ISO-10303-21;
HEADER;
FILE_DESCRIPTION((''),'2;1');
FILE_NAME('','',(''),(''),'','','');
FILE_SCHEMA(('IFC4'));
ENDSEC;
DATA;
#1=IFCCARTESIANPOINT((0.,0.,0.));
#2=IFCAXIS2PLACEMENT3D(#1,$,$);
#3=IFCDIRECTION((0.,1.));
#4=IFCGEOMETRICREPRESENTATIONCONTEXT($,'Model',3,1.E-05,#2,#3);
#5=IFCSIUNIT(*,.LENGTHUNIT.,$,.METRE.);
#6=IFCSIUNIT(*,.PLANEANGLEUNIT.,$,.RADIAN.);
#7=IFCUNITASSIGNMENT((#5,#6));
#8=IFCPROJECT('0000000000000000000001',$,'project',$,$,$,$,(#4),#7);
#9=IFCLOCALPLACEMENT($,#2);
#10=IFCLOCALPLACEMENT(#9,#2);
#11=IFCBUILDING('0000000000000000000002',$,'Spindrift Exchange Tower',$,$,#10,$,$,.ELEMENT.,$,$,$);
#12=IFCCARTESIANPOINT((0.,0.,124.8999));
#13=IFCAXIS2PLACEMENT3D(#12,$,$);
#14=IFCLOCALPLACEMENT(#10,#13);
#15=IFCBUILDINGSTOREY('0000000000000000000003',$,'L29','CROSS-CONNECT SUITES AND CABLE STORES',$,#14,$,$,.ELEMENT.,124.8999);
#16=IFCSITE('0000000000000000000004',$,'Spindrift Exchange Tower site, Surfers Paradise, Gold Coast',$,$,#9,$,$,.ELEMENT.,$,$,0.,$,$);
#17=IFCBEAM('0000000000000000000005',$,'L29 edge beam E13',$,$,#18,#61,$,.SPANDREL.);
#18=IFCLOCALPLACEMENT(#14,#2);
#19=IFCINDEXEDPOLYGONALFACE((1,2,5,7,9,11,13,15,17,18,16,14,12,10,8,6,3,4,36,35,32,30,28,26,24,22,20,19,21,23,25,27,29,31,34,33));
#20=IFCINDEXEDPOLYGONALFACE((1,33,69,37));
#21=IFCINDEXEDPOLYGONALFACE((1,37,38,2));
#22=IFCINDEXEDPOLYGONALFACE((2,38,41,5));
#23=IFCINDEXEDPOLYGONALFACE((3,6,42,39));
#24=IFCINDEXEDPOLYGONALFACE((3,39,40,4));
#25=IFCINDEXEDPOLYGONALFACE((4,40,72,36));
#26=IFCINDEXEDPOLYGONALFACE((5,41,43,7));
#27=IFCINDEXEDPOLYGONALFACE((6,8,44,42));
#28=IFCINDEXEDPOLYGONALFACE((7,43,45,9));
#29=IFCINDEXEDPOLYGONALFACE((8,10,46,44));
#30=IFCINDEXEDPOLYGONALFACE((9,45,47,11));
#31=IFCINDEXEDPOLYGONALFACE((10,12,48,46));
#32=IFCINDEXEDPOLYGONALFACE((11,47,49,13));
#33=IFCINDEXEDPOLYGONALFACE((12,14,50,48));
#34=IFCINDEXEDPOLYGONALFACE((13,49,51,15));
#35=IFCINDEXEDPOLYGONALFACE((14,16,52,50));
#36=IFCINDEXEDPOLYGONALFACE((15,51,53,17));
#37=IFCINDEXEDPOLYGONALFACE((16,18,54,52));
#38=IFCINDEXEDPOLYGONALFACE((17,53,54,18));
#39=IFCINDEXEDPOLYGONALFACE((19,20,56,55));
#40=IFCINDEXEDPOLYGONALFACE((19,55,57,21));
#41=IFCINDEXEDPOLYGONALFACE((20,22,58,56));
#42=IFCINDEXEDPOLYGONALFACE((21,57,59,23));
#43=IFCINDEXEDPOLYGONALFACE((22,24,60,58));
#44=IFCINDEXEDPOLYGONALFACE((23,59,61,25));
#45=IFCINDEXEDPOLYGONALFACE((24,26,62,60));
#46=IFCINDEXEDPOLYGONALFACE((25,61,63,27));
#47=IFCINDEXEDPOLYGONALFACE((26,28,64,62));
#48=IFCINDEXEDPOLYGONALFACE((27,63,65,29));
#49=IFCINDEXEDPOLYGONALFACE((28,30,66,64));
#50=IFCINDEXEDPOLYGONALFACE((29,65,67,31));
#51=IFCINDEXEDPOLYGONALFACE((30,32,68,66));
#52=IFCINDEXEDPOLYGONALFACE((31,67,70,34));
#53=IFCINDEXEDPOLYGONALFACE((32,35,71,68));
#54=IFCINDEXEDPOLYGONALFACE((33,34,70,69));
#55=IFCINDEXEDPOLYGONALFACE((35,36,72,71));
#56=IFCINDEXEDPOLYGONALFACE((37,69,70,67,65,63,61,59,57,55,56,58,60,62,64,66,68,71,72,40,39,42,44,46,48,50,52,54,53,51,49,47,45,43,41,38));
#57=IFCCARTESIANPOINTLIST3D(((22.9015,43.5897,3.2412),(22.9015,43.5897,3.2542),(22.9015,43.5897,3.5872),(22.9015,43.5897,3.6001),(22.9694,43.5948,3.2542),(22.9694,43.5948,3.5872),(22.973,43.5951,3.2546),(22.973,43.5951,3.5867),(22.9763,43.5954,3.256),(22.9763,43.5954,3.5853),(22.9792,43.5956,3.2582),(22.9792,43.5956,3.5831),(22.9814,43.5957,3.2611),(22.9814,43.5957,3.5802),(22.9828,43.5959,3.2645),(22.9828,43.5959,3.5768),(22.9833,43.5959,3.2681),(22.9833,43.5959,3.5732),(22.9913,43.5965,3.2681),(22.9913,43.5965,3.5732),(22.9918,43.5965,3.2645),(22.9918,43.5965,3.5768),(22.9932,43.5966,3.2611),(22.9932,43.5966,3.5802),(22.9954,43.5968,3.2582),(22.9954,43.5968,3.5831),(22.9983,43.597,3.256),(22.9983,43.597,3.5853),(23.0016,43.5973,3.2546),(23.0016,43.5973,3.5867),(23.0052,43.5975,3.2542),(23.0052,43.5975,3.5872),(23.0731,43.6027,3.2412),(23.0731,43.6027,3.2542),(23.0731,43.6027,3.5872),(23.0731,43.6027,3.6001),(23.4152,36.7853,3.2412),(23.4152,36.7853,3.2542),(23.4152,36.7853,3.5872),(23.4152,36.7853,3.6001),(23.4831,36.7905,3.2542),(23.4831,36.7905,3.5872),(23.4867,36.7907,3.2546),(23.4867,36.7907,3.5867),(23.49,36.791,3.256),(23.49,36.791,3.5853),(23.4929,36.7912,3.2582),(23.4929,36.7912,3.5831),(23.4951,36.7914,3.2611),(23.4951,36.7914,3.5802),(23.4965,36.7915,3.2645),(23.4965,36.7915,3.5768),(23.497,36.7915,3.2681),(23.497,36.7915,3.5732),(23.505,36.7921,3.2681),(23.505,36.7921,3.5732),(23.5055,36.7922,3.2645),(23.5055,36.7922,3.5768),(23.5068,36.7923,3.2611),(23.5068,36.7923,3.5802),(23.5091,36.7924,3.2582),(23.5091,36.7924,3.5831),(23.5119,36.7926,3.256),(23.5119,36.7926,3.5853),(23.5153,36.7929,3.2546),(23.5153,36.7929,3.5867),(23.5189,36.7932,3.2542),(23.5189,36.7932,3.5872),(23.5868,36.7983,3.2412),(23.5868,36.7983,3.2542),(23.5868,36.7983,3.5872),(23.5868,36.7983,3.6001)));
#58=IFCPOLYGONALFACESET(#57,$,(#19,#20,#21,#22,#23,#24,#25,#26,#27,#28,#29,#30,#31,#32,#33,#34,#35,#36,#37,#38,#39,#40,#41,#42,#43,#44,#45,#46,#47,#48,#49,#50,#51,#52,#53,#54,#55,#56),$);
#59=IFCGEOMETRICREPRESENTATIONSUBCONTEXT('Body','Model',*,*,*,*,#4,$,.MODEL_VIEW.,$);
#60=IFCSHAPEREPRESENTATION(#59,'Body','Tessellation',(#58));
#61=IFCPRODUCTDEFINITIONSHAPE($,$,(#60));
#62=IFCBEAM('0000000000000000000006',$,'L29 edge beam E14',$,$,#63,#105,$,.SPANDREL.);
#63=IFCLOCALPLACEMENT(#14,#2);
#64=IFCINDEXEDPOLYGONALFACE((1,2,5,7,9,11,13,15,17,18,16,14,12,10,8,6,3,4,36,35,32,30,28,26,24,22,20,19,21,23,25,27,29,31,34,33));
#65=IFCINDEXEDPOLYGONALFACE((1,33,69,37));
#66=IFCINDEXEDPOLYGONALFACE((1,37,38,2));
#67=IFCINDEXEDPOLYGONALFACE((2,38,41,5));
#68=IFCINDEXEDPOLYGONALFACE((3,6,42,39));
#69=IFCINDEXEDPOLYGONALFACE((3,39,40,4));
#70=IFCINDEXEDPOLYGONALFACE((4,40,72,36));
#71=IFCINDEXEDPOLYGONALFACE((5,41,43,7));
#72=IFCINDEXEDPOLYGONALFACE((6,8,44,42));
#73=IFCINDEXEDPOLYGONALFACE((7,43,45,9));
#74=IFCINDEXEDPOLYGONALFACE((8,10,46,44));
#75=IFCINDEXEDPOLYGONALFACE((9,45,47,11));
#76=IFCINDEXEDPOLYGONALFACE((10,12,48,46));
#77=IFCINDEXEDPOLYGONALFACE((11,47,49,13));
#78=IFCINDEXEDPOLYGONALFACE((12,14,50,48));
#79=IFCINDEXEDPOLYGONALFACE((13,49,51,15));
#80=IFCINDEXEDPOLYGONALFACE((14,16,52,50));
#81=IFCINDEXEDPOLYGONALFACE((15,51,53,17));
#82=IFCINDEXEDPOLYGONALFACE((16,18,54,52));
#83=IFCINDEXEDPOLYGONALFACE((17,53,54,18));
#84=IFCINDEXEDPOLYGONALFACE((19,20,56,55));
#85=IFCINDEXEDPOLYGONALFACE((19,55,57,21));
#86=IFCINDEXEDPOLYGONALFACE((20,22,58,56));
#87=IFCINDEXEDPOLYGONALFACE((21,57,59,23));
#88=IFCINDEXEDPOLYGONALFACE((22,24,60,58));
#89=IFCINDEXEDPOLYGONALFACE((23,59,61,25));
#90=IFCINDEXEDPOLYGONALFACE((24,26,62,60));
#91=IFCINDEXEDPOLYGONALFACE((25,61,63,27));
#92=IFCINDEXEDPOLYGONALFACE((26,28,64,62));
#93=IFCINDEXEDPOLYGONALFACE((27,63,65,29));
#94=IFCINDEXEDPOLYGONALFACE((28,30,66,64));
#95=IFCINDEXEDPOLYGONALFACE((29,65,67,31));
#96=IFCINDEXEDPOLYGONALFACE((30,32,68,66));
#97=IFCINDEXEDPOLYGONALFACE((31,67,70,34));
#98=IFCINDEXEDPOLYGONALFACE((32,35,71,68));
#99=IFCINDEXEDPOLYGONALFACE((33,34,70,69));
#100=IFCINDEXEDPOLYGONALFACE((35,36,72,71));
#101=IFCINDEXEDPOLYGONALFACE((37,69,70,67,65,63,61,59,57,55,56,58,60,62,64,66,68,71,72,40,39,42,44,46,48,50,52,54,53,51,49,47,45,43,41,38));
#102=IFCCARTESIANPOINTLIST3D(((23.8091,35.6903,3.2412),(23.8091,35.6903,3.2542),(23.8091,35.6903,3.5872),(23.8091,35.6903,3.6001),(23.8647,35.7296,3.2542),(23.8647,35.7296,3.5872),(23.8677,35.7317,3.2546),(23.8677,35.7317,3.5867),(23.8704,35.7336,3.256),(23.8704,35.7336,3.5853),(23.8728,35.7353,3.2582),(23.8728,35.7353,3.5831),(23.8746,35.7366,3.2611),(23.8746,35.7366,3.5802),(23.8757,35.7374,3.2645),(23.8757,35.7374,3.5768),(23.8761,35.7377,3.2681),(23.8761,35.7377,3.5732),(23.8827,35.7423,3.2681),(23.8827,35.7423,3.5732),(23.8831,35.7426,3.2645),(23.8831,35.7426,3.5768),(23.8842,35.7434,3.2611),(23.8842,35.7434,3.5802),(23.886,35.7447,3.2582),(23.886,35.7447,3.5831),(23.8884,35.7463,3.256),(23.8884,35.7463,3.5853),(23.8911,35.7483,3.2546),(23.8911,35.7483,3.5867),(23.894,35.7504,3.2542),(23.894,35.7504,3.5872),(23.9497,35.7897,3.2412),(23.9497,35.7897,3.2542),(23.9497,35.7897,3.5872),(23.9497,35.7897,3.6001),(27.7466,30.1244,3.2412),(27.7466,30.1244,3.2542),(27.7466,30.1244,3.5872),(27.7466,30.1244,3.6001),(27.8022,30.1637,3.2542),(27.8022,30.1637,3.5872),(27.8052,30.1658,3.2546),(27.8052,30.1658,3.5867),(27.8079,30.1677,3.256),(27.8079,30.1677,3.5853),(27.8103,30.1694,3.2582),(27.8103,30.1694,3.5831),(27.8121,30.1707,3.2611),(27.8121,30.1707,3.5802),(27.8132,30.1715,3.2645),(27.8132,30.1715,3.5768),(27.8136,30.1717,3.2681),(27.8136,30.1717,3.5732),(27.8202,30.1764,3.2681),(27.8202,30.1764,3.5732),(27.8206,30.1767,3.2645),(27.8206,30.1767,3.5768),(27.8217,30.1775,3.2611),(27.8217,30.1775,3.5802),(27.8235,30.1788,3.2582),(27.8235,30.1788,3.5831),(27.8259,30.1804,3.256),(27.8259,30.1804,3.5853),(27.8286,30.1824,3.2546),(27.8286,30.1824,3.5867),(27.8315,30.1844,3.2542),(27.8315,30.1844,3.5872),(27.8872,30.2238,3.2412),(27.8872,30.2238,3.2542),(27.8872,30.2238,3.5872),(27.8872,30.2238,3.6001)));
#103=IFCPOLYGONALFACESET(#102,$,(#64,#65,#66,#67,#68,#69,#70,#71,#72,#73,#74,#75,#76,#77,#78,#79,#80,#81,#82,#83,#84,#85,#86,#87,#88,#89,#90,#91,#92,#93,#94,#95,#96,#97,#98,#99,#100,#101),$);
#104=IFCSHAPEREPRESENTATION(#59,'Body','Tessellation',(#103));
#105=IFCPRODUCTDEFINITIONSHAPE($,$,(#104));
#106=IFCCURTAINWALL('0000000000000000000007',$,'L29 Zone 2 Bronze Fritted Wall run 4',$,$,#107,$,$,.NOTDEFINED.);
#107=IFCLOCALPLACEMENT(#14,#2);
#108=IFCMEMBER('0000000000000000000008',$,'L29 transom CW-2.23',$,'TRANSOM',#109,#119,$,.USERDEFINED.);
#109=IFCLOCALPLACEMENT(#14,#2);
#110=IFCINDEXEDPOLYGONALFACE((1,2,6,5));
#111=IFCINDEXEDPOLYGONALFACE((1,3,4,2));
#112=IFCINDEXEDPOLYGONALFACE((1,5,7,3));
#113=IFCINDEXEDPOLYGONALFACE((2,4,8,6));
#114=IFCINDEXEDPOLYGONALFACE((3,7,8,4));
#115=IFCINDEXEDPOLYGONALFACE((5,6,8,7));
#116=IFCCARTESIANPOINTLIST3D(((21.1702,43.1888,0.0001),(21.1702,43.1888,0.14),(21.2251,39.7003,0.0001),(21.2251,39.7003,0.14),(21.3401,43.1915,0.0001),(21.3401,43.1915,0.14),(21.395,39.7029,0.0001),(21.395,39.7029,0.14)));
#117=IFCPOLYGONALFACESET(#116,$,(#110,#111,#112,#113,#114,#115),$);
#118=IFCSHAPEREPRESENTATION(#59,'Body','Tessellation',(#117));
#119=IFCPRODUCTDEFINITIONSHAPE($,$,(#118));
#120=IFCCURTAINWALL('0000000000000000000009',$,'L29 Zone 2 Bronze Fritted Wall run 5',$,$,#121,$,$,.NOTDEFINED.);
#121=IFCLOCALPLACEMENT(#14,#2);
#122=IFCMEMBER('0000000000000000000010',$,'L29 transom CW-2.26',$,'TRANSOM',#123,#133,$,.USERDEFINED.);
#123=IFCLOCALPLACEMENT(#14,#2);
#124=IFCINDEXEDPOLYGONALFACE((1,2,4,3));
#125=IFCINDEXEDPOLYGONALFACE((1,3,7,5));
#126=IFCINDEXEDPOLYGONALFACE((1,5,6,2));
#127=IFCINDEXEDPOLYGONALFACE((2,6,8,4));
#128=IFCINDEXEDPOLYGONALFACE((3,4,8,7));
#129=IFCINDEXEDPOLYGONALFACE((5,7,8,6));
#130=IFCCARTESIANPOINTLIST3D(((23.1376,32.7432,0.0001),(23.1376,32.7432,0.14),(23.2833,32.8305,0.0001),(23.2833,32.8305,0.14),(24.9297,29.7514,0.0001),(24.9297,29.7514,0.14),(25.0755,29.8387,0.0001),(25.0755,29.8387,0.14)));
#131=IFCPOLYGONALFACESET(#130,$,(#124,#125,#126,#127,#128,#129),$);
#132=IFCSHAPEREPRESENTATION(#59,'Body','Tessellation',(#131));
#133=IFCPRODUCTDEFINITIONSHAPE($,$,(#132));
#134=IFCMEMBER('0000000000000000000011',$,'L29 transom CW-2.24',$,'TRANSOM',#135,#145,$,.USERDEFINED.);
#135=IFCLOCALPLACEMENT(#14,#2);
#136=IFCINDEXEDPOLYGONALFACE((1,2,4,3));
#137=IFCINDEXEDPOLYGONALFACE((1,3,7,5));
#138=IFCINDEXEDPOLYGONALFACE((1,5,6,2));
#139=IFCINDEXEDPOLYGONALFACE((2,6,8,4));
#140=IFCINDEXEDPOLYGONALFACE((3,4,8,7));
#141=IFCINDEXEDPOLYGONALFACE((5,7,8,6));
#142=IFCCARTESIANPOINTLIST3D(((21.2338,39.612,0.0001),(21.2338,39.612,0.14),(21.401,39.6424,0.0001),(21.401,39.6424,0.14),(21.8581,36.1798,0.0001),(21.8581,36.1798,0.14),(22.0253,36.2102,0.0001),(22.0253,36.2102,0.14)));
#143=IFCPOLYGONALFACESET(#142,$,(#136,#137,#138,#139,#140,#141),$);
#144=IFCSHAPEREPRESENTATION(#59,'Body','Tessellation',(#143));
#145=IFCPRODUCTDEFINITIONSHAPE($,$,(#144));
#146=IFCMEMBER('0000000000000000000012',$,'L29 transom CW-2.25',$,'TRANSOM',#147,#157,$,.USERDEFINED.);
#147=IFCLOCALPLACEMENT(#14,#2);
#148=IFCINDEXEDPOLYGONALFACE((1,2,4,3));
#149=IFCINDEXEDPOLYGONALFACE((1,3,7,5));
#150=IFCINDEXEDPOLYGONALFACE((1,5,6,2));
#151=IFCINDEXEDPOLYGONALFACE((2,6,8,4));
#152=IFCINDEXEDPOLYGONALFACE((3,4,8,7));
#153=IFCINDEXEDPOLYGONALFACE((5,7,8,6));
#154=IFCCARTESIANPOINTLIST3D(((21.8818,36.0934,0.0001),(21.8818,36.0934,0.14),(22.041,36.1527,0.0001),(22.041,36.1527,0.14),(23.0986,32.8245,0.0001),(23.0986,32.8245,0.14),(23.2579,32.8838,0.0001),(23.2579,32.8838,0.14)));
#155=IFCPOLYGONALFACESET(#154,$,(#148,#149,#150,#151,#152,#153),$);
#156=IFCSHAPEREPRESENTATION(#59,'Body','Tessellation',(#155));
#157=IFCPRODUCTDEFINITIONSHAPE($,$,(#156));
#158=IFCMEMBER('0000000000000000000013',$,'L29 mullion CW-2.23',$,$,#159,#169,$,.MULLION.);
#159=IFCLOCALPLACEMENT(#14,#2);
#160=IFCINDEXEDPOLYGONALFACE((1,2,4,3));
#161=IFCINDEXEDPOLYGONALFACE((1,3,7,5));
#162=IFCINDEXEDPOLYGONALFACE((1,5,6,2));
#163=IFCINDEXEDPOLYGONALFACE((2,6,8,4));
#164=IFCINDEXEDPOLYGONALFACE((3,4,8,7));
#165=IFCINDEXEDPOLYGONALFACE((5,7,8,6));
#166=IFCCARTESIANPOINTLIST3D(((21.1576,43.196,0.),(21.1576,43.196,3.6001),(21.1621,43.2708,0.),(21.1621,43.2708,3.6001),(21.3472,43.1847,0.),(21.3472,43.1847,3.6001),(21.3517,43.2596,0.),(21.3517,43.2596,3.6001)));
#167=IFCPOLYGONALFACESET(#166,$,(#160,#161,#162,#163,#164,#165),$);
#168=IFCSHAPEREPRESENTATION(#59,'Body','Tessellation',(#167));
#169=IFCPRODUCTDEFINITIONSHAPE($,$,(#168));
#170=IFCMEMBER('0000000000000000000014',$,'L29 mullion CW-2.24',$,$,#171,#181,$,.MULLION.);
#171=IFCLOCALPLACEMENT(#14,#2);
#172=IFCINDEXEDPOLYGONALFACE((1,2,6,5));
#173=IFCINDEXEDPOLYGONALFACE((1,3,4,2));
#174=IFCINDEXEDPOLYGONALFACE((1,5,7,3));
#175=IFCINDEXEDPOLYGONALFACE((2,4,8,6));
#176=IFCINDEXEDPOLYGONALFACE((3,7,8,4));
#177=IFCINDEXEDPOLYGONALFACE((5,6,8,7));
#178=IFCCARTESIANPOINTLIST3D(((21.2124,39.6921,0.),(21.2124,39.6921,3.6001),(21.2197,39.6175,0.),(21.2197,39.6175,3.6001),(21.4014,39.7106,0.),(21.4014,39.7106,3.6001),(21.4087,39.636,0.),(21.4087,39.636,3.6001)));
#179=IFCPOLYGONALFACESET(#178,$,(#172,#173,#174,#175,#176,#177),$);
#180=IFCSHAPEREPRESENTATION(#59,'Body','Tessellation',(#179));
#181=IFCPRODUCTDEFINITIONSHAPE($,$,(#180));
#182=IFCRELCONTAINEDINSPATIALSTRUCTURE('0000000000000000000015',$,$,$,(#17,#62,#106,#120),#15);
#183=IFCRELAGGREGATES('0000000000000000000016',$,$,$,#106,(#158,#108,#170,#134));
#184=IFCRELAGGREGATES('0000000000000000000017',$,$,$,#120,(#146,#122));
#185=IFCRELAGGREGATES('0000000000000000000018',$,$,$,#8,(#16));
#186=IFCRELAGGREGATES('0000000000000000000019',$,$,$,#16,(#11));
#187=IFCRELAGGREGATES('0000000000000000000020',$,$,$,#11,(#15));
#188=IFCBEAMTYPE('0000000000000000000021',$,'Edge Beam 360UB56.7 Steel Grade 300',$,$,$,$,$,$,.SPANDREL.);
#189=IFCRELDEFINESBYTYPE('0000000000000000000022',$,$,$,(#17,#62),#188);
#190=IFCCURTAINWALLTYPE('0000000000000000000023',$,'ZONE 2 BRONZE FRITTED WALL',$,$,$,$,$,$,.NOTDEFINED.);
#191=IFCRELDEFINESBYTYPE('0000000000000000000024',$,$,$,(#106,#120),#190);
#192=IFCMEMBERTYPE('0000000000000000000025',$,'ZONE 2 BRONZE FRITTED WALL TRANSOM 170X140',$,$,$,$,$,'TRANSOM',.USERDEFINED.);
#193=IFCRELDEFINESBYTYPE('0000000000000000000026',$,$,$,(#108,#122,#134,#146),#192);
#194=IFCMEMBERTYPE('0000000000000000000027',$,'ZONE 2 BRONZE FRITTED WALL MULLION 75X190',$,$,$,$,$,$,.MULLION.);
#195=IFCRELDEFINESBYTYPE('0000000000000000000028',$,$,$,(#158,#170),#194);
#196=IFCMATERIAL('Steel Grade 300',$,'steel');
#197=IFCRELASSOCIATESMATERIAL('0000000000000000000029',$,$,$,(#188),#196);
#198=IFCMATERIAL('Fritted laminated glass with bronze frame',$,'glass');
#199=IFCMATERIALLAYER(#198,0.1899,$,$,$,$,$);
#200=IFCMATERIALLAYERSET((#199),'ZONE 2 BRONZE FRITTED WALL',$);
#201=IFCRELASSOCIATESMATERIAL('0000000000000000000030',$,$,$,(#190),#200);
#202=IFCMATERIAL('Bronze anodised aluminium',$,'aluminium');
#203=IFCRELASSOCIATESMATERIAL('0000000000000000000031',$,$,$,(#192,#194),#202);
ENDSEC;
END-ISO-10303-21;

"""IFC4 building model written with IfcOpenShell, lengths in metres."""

from ifc_helpers import new_model, si_unit, direction, frame, origin, origin_2d, place, context, subcontext, project, spatial, rectangle, i_section, extrude, source, transform, mapped, material, layer, layer_set, material_profile, profile_set, type_object, element, aggregate, save


model = new_model("IFC4")

# Units and contexts
model_context = context("Model", 3, precision=1e-05, world=origin(), true_north=direction((0.0, 1.0)))
body_context = subcontext(model_context, "Body", "Model", "MODEL_VIEW")
ifc_project = project(units=[si_unit("LENGTHUNIT", "METRE"), si_unit("PLANEANGLEUNIT", "RADIAN")], contexts=[model_context])

# Site, building, storey
site_placement = place(None, origin())
site = spatial("IfcSite", under=ifc_project, at=site_placement, Name="Spindrift Exchange Tower site, Surfers Paradise, Gold Coast", CompositionType="ELEMENT", RefElevation=0.0)
building_placement = place(site_placement, origin())
building = spatial("IfcBuilding", under=site, at=building_placement, Name="Spindrift Exchange Tower", CompositionType="ELEMENT")
storey_placement = place(building_placement, frame((0.0, 0.0, 124.8999)))
storey = spatial("IfcBuildingStorey", under=building, at=storey_placement, Name="L29", Description="CROSS-CONNECT SUITES AND CABLE STORES", CompositionType="ELEMENT", Elevation=124.8999)

# Beams
ifc_material_1 = material(Name="Steel Grade 300", Category="steel")
ifc_material_profile_1 = material_profile(ifc_material_1, i_section(OverallWidth=0.1721, OverallDepth=0.3589, WebThickness=0.0081, FlangeThickness=0.0129, FilletRadius=0.0139, at=origin_2d()), Name="360UB56.7")
ifc_profile_set_1 = profile_set([ifc_material_profile_1], Name="Steel Grade 300")
beam_type_1 = type_object("IfcBeamType", Name="Edge Beam 360UB56.7 Steel Grade 300", PredefinedType="SPANDREL", material=ifc_profile_set_1)
shared_shape_1 = source(origin(), body_context, "Body", "SweptSolid", [
    extrude(i_section(OverallWidth=0.1721, OverallDepth=0.3589, WebThickness=0.0081, FlangeThickness=0.0129, FilletRadius=0.0139, at=origin_2d()), origin(), (0.0, 0.0, 1.0), 6.8237),
])
beam_1_placement = place(storey_placement, frame((22.9873, 43.5962, 3.4207), z_axis=(0.075276, -0.997163, 0.0), x_axis=(0.997163, 0.075276, 0.0)))
element("IfcBeam", 1, at=beam_1_placement, inside=storey, type_object=beam_type_1, Name="L29 edge beam E13", PredefinedType="SPANDREL", context=body_context, shape_type="MappedRepresentation", body=[
    mapped(shared_shape_1, transform((0.0, 0.0, 0.0), scale=1.0)),
])
shared_shape_2 = source(origin(), body_context, "Body", "SweptSolid", [
    extrude(i_section(OverallWidth=0.1721, OverallDepth=0.3589, WebThickness=0.0081, FlangeThickness=0.0129, FilletRadius=0.0139, at=origin_2d()), origin(), (0.0, 0.0, 1.0), 6.8179),
])
beam_2_placement = place(storey_placement, frame((23.8794, 35.74, 3.4207), z_axis=(0.577526, -0.816372, 0.0), x_axis=(0.816372, 0.577526, 0.0)))
element("IfcBeam", 2, at=beam_2_placement, inside=storey, type_object=beam_type_1, Name="L29 edge beam E14", PredefinedType="SPANDREL", context=body_context, shape_type="MappedRepresentation", body=[
    mapped(shared_shape_2, transform((0.0, 0.0, 0.0), scale=1.0)),
])

# Curtain walls, members
ifc_material_2 = material(Name="Fritted laminated glass with bronze frame", Category="glass")
ifc_layer_1 = layer(ifc_material_2, 0.1899)
ifc_layer_set_1 = layer_set([ifc_layer_1], Name="ZONE 2 BRONZE FRITTED WALL")
curtain_wall_type = type_object("IfcCurtainWallType", Name="ZONE 2 BRONZE FRITTED WALL", PredefinedType="NOTDEFINED", material=ifc_layer_set_1)
curtain_wall_1_placement = place(storey_placement, origin())
curtain_wall_1 = element("IfcCurtainWall", 3, at=curtain_wall_1_placement, inside=storey, type_object=curtain_wall_type, Name="L29 Zone 2 Bronze Fritted Wall run 4", PredefinedType="NOTDEFINED")
ifc_material_3 = material(Name="Bronze anodised aluminium", Category="aluminium")
ifc_material_profile_2 = material_profile(ifc_material_3, rectangle(XDim=0.1699, YDim=0.1399, at=origin_2d()), Name="ZONE 2 BRONZE FRITTED WALL TRANSOM 170X140")
ifc_profile_set_2 = profile_set([ifc_material_profile_2], Name="Bronze anodised aluminium")
member_type_1 = type_object("IfcMemberType", Name="ZONE 2 BRONZE FRITTED WALL TRANSOM 170X140", ElementType="TRANSOM", PredefinedType="USERDEFINED", material=ifc_profile_set_2)
shared_shape_3 = source(origin(), body_context, "Body", "SweptSolid", [
    extrude(rectangle(XDim=0.1699, YDim=0.1399, at=origin_2d()), origin(), (0.0, 0.0, 1.0), 3.489),
])
member_1_placement = place(storey_placement, frame((21.2551, 43.1902, 0.0701), z_axis=(0.015744, -0.999876, 0.0), x_axis=(0.999876, 0.015744, 0.0)))
member_1 = element("IfcMember", 4, at=member_1_placement, type_object=member_type_1, Name="L29 transom CW-2.23", ObjectType="TRANSOM", PredefinedType="USERDEFINED", context=body_context, shape_type="MappedRepresentation", body=[
    mapped(shared_shape_3, transform((0.0, 0.0, 0.0), scale=1.0)),
])
curtain_wall_2_placement = place(storey_placement, origin())
curtain_wall_2 = element("IfcCurtainWall", 5, at=curtain_wall_2_placement, inside=storey, type_object=curtain_wall_type, Name="L29 Zone 2 Bronze Fritted Wall run 5", PredefinedType="NOTDEFINED")
shared_shape_4 = source(origin(), body_context, "Body", "SweptSolid", [
    extrude(rectangle(XDim=0.1699, YDim=0.1399, at=origin_2d()), origin(), (0.0, 0.0, 1.0), 3.4875),
])
member_2_placement = place(storey_placement, frame((23.2104, 32.7869, 0.0701), z_axis=(0.513878, -0.857863, 0.0), x_axis=(0.857863, 0.513878, 0.0)))
member_2 = element("IfcMember", 6, at=member_2_placement, type_object=member_type_1, Name="L29 transom CW-2.26", ObjectType="TRANSOM", PredefinedType="USERDEFINED", context=body_context, shape_type="MappedRepresentation", body=[
    mapped(shared_shape_4, transform((0.0, 0.0, 0.0), scale=1.0)),
])

# Members
shared_shape_5 = source(origin(), body_context, "Body", "SweptSolid", [
    extrude(rectangle(XDim=0.1699, YDim=0.1399, at=origin_2d()), origin(), (0.0, 0.0, 1.0), 3.4885),
])
member_3_placement = place(storey_placement, frame((21.3174, 39.6272, 0.0701), z_axis=(0.178953, -0.983858, 0.0), x_axis=(0.983858, 0.178953, 0.0)))
member_3 = element("IfcMember", 7, at=member_3_placement, type_object=member_type_1, Name="L29 transom CW-2.24", ObjectType="TRANSOM", PredefinedType="USERDEFINED", context=body_context, shape_type="MappedRepresentation", body=[
    mapped(shared_shape_5, transform((0.0, 0.0, 0.0), scale=1.0)),
])
shared_shape_6 = source(origin(), body_context, "Body", "SweptSolid", [
    extrude(rectangle(XDim=0.1699, YDim=0.1399, at=origin_2d()), origin(), (0.0, 0.0, 1.0), 3.488),
])
member_4_placement = place(storey_placement, frame((21.9614, 36.123, 0.0701), z_axis=(0.34886, -0.937175, 0.0), x_axis=(0.937175, 0.34886, 0.0)))
member_4 = element("IfcMember", 8, at=member_4_placement, type_object=member_type_1, Name="L29 transom CW-2.25", ObjectType="TRANSOM", PredefinedType="USERDEFINED", context=body_context, shape_type="MappedRepresentation", body=[
    mapped(shared_shape_6, transform((0.0, 0.0, 0.0), scale=1.0)),
])
ifc_material_profile_3 = material_profile(ifc_material_3, rectangle(XDim=0.075, YDim=0.1899, at=origin_2d()), Name="ZONE 2 BRONZE FRITTED WALL MULLION 75X190")
ifc_profile_set_3 = profile_set([ifc_material_profile_3], Name="Bronze anodised aluminium")
member_type_2 = type_object("IfcMemberType", Name="ZONE 2 BRONZE FRITTED WALL MULLION 75X190", PredefinedType="MULLION", material=ifc_profile_set_3)
shared_shape_7 = source(origin(), body_context, "Body", "SweptSolid", [
    extrude(rectangle(XDim=0.075, YDim=0.1899, at=origin_2d()), origin(), (0.0, 0.0, 1.0), 3.6001),
])
member_5_placement = place(storey_placement, frame((21.2546, 43.2278, 0.0), z_axis=(0.0, 0.0, 1.0), x_axis=(-0.059231, -0.998244, 0.0)))
member_5 = element("IfcMember", 9, at=member_5_placement, type_object=member_type_2, Name="L29 mullion CW-2.23", PredefinedType="MULLION", context=body_context, shape_type="MappedRepresentation", body=[
    mapped(shared_shape_7, transform((0.0, 0.0, 0.0), scale=1.0)),
])
member_6_placement = place(storey_placement, frame((21.3105, 39.6641, 0.0), z_axis=(0.0, 0.0, 1.0), x_axis=(0.097678, -0.995218, 0.0)))
member_6 = element("IfcMember", 10, at=member_6_placement, type_object=member_type_2, Name="L29 mullion CW-2.24", PredefinedType="MULLION", context=body_context, shape_type="MappedRepresentation", body=[
    mapped(shared_shape_7, transform((0.0, 0.0, 0.0), scale=1.0)),
])

aggregate(curtain_wall_1, [member_5, member_1, member_6, member_3])
aggregate(curtain_wall_2, [member_4, member_2])

save(model, "model.ifc")
